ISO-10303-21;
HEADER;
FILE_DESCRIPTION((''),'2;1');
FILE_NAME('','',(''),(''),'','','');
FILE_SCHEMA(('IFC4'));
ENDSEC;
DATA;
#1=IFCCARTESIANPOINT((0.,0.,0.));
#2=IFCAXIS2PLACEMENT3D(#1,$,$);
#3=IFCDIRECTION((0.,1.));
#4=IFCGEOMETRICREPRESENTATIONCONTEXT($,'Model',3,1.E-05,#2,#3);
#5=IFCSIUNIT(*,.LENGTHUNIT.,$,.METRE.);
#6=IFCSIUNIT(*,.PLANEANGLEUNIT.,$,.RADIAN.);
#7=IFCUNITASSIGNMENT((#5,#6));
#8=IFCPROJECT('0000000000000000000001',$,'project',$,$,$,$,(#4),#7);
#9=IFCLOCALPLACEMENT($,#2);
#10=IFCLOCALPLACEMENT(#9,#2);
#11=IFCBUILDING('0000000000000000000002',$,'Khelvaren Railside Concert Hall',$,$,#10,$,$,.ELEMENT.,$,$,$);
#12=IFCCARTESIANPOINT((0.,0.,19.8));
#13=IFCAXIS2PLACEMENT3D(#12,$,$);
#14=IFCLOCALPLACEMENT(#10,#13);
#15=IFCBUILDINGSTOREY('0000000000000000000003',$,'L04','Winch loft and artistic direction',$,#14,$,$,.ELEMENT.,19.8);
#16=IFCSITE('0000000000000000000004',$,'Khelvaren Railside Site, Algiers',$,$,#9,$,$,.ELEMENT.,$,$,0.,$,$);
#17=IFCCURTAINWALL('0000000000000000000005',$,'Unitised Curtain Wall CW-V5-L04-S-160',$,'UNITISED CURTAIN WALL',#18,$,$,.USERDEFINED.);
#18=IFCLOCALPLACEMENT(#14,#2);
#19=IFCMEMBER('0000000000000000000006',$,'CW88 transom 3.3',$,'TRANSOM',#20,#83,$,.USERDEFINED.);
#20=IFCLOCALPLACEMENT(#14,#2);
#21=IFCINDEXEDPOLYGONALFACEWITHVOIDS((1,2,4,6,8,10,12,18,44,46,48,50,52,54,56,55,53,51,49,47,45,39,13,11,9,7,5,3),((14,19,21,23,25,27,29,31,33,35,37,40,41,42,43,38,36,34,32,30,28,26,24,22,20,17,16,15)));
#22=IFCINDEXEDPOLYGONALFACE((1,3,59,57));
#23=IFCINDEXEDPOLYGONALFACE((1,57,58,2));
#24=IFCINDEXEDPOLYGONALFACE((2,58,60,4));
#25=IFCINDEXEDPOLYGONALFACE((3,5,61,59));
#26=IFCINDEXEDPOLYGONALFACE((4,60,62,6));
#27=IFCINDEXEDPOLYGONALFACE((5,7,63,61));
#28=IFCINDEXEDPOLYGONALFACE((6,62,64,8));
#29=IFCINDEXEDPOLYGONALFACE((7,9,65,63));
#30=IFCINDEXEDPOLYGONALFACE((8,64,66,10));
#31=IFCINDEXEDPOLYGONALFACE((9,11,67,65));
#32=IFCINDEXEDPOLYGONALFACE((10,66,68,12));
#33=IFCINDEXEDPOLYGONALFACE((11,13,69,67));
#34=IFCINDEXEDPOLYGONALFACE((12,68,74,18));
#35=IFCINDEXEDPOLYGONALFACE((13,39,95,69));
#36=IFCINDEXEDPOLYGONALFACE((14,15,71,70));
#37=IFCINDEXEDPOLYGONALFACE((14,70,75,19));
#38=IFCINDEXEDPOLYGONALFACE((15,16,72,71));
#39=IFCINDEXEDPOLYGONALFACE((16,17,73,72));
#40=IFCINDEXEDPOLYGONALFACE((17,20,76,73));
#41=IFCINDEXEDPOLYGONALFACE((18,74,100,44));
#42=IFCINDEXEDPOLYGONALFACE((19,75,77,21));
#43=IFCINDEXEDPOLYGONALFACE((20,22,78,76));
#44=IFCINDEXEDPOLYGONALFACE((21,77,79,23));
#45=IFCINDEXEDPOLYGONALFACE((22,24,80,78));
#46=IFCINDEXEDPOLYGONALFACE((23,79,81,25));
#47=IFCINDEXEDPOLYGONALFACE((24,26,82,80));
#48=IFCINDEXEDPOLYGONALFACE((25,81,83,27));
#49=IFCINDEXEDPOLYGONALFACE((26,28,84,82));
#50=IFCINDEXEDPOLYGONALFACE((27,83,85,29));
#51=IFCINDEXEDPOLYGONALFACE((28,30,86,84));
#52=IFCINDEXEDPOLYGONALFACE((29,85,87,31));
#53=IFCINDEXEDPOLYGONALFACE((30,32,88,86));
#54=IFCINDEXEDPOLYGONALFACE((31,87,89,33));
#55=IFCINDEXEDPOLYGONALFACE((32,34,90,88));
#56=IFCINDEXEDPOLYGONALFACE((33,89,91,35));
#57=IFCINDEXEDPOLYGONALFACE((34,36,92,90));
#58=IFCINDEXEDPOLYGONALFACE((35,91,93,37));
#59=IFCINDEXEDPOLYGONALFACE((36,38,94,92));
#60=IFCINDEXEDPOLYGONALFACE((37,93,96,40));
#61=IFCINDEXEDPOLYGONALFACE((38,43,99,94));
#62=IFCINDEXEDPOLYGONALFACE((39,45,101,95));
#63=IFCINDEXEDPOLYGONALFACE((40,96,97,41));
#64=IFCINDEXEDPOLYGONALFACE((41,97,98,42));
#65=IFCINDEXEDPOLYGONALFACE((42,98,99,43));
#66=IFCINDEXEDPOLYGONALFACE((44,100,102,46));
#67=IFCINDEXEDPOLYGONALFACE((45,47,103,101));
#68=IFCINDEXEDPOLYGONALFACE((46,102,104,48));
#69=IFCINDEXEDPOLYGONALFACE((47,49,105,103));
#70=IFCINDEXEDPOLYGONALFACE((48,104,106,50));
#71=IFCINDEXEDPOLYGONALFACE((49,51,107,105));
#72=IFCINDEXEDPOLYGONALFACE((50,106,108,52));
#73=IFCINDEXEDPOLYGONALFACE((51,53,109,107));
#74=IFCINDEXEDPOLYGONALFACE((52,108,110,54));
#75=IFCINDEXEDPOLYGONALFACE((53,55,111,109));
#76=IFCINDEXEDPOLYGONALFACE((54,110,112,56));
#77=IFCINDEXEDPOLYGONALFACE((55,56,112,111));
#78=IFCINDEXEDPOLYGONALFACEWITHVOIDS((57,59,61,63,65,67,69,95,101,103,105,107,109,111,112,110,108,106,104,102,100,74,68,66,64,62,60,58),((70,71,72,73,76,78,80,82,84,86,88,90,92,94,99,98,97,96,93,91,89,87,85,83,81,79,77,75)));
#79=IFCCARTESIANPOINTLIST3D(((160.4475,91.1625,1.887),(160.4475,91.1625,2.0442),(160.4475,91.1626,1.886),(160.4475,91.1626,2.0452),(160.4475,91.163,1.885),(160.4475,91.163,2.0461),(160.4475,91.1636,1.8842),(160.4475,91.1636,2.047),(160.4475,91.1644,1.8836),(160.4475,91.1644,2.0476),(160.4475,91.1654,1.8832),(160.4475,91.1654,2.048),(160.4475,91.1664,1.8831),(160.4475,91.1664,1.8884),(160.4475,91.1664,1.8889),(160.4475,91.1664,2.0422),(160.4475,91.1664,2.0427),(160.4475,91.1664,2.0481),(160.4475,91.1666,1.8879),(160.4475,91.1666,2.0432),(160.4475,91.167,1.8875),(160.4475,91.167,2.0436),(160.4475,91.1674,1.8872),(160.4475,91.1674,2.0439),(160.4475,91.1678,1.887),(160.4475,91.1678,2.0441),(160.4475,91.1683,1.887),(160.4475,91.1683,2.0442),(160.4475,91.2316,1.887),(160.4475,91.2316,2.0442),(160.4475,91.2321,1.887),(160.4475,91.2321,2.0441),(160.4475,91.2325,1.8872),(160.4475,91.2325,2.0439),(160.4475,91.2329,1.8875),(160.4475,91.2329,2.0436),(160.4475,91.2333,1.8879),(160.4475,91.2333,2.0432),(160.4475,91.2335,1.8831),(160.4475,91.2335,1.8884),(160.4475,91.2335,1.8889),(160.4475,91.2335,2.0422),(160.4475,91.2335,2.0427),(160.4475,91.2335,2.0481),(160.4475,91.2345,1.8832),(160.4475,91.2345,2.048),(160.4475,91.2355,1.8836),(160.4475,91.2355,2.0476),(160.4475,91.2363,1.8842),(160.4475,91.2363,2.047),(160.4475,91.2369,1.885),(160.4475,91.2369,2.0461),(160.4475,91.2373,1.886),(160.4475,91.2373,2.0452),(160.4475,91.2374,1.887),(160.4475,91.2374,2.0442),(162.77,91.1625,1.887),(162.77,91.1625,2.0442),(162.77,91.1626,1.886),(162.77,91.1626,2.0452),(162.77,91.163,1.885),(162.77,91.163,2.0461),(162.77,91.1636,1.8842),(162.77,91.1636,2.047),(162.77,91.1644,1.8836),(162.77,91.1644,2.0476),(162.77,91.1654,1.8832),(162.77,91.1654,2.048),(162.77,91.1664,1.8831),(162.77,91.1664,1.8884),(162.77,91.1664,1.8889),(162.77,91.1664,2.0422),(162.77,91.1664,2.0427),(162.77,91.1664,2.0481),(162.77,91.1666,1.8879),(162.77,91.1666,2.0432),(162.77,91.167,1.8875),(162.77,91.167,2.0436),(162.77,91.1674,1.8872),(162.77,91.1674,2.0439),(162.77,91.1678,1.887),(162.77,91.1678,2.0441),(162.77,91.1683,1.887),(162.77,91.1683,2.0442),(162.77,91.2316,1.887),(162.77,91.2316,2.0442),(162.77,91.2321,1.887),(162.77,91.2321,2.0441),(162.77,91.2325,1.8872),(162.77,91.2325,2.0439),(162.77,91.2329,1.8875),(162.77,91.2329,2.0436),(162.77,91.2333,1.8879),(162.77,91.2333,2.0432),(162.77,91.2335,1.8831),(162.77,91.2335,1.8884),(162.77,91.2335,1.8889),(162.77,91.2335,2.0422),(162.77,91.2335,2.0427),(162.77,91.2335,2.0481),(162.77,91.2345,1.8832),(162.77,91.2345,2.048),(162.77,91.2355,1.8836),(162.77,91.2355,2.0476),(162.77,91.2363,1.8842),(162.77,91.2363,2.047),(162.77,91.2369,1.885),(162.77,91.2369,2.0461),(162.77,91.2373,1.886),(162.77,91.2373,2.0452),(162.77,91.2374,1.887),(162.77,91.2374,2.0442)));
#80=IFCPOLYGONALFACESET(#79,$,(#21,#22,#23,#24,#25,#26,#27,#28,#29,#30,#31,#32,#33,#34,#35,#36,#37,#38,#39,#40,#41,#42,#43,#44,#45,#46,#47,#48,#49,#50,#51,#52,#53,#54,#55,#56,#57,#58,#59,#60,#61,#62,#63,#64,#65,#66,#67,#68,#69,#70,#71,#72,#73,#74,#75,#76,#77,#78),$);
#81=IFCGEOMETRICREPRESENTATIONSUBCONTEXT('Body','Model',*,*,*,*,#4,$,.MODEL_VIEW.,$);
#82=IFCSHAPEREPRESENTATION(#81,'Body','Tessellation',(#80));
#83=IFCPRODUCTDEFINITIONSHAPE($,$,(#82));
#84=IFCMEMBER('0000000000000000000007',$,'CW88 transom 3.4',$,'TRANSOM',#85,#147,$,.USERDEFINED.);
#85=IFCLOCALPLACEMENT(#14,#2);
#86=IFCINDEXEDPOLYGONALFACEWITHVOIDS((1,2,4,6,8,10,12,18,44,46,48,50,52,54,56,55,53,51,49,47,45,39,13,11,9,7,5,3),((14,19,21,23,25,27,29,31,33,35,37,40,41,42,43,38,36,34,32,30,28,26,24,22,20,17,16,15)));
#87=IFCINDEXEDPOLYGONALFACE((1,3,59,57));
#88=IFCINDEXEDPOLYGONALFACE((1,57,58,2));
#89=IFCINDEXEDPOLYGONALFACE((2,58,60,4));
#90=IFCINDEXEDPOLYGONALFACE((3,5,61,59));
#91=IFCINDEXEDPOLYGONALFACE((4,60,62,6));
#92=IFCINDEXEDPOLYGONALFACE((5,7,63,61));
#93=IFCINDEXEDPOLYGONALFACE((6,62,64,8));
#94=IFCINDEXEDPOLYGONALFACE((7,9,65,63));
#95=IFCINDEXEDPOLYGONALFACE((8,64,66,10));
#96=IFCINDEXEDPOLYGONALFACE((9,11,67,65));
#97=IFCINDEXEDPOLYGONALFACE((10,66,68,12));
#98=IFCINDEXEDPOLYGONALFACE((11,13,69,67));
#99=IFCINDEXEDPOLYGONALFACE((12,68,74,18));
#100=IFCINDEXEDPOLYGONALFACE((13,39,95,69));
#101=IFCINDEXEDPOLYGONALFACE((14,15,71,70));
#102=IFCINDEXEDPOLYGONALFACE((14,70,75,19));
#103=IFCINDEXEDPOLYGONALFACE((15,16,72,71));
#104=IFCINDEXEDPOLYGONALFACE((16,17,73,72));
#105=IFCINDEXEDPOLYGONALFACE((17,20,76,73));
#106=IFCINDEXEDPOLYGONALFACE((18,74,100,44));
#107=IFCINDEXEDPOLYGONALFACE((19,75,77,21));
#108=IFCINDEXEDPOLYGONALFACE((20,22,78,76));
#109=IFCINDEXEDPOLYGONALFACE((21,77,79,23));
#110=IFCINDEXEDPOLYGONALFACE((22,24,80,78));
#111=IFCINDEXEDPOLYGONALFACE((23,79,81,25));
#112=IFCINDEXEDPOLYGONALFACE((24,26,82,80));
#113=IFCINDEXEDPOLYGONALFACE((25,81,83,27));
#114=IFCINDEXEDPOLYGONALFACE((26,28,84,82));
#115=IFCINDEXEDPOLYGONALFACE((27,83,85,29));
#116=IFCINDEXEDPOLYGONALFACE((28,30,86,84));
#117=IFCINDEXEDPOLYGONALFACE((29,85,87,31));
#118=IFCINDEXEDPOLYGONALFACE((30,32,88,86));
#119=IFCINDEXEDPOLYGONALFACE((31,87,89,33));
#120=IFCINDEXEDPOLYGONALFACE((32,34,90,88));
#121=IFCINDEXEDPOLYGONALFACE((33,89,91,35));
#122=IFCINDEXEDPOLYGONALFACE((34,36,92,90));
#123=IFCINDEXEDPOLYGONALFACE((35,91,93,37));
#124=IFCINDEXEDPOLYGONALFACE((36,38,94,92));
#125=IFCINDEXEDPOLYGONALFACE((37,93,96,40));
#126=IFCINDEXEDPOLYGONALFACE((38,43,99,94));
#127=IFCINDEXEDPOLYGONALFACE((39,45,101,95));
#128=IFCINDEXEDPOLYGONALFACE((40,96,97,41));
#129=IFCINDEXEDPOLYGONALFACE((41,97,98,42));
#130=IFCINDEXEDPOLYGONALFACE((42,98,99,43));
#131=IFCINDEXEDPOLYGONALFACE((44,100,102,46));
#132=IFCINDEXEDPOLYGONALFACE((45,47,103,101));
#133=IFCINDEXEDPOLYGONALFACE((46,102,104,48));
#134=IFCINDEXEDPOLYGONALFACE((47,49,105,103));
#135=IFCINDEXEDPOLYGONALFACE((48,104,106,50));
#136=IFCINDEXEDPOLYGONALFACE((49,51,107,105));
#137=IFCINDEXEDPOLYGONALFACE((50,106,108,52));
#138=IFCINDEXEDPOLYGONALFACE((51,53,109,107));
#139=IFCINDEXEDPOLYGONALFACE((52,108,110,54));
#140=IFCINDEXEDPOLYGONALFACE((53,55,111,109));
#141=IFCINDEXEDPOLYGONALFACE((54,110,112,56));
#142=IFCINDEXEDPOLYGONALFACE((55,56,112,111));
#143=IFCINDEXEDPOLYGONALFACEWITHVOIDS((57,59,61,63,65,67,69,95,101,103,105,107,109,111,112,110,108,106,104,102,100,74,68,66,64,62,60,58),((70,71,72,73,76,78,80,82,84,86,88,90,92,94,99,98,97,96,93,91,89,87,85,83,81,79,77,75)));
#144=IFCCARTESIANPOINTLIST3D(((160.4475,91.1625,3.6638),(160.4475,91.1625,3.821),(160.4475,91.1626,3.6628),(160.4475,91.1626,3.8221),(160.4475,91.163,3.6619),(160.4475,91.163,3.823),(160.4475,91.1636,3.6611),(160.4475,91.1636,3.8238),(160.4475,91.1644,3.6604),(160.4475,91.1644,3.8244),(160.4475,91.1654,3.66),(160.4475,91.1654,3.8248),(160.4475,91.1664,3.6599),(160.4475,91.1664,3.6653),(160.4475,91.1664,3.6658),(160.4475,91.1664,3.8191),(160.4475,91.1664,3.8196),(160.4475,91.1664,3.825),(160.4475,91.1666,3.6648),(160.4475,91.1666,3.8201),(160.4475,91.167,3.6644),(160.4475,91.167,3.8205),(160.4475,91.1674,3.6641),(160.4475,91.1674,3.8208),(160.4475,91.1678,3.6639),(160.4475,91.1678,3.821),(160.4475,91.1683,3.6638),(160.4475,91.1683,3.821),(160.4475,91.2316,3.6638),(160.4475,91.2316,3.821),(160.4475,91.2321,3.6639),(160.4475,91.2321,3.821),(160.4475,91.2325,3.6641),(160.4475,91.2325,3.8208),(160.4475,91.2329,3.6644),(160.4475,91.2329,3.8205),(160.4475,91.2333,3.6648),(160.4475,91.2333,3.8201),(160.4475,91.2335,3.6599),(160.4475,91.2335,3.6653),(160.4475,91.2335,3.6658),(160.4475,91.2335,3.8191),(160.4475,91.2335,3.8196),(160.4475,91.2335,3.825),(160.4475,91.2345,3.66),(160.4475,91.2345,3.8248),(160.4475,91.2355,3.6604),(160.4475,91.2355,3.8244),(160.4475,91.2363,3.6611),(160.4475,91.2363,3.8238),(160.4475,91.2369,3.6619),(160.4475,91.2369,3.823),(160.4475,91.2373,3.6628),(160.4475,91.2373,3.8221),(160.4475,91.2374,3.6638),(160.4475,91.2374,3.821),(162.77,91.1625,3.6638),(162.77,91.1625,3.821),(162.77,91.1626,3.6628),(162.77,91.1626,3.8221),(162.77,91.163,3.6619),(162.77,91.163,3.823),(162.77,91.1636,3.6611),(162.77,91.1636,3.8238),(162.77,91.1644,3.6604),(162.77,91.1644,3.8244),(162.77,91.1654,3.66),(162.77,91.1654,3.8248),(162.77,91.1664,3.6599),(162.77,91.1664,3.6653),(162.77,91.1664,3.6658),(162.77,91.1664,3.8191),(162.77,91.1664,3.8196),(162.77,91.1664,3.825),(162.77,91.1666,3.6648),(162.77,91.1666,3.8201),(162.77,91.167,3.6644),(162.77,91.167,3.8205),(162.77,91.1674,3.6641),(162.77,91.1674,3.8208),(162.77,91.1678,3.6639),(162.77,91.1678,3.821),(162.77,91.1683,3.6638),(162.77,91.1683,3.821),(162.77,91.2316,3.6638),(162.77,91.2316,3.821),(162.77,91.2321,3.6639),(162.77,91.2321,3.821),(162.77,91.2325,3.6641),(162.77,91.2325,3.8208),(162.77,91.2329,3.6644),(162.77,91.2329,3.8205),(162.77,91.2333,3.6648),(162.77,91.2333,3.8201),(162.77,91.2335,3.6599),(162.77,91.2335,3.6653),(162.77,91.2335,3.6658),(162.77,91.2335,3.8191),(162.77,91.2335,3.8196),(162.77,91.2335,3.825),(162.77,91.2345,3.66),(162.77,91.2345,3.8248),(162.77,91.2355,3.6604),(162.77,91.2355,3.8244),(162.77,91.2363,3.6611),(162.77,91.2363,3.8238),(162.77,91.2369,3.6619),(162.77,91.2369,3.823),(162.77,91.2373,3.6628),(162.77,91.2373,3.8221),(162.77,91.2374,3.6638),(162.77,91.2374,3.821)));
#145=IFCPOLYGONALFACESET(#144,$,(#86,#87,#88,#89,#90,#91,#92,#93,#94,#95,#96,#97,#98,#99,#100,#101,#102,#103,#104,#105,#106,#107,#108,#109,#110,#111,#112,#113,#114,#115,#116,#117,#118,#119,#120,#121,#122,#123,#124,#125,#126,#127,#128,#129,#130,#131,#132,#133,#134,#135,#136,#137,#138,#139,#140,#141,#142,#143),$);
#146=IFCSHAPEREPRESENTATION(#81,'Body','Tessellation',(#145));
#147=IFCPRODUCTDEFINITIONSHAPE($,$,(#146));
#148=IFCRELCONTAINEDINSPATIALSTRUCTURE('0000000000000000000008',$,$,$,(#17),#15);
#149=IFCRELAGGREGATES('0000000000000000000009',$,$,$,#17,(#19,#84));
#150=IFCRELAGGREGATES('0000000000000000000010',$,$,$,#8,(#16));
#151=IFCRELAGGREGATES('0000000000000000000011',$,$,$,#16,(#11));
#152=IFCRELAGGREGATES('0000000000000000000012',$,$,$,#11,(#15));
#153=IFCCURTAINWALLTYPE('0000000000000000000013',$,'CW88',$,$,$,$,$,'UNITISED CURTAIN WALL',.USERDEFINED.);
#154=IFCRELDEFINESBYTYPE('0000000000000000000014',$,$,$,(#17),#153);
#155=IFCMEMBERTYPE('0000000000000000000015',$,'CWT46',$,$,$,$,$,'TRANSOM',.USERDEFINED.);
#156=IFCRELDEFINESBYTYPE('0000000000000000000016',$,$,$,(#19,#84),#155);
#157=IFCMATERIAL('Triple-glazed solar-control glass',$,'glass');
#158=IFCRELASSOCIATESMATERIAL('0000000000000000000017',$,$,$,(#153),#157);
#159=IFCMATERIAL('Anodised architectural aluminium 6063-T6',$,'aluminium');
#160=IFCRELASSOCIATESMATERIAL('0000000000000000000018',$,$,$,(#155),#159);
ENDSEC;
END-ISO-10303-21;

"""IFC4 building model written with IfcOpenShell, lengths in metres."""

from ifc_helpers import new_model, si_unit, direction, frame, origin, origin_2d, place, context, subcontext, project, spatial, hollow_rectangle, extrude, material, material_profile, profile_set, type_object, element, aggregate, save


model = new_model("IFC4")

# Units and contexts
model_context = context("Model", 3, precision=1e-05, world=origin(), true_north=direction((0.0, 1.0)))
body_context = subcontext(model_context, "Body", "Model", "MODEL_VIEW")
ifc_project = project(units=[si_unit("LENGTHUNIT", "METRE"), si_unit("PLANEANGLEUNIT", "RADIAN")], contexts=[model_context])

# Site, building, storey
site_placement = place(None, origin())
site = spatial("IfcSite", under=ifc_project, at=site_placement, Name="Khelvaren Railside Site, Algiers", CompositionType="ELEMENT", RefElevation=0.0)
building_placement = place(site_placement, origin())
building = spatial("IfcBuilding", under=site, at=building_placement, Name="Khelvaren Railside Concert Hall", CompositionType="ELEMENT")
storey_placement = place(building_placement, frame((0.0, 0.0, 19.8)))
storey = spatial("IfcBuildingStorey", under=building, at=storey_placement, Name="L04", Description="Winch loft and artistic direction", CompositionType="ELEMENT", Elevation=19.8)

# Curtain wall
ifc_material_1 = material(Name="Triple-glazed solar-control glass", Category="glass")
curtain_wall_type_1 = type_object("IfcCurtainWallType", Name="CW88", ElementType="UNITISED CURTAIN WALL", PredefinedType="USERDEFINED", material=ifc_material_1)
curtain_wall_1_placement = place(storey_placement, origin())
curtain_wall_1 = element("IfcCurtainWall", 1, at=curtain_wall_1_placement, inside=storey, type_object=curtain_wall_type_1, Name="Unitised Curtain Wall CW-V5-L04-S-160", ObjectType="UNITISED CURTAIN WALL", PredefinedType="USERDEFINED")
ifc_material_2 = material(Name="Anodised architectural aluminium 6063-T6", Category="aluminium")

# Members
ifc_material_profile_1 = material_profile(ifc_material_2, hollow_rectangle(XDim=0.075, YDim=0.165, WallThickness=0.0039, InnerFilletRadius=0.002, OuterFilletRadius=0.0039, at=origin_2d()), Name="CWT 75x165x4")
ifc_profile_set_1 = profile_set([ifc_material_profile_1], Name="Anodised architectural aluminium 6063-T6")
member_type_1 = type_object("IfcMemberType", Name="CWT46", ElementType="TRANSOM", PredefinedType="USERDEFINED", material=ifc_profile_set_1)
member_1_placement = place(storey_placement, frame((162.77, 91.2, 1.9656), z_axis=(-1.0, 0.0, 0.0), x_axis=(0.0, -1.0, 0.0)))
member_1 = element("IfcMember", 2, at=member_1_placement, type_object=member_type_1, Name="CW88 transom 3.3", ObjectType="TRANSOM", PredefinedType="USERDEFINED", context=body_context, shape_type="SweptSolid", body=[
    extrude(hollow_rectangle(XDim=0.075, YDim=0.165, WallThickness=0.0039, InnerFilletRadius=0.002, OuterFilletRadius=0.0039, at=origin_2d()), origin(), (0.0, 0.0, 1.0), 2.3225),
])
member_2_placement = place(storey_placement, frame((162.77, 91.2, 3.7424), z_axis=(-1.0, 0.0, 0.0), x_axis=(0.0, -1.0, 0.0)))
member_2 = element("IfcMember", 3, at=member_2_placement, type_object=member_type_1, Name="CW88 transom 3.4", ObjectType="TRANSOM", PredefinedType="USERDEFINED", context=body_context, shape_type="SweptSolid", body=[
    extrude(hollow_rectangle(XDim=0.075, YDim=0.165, WallThickness=0.0039, InnerFilletRadius=0.002, OuterFilletRadius=0.0039, at=origin_2d()), origin(), (0.0, 0.0, 1.0), 2.3225),
])

aggregate(curtain_wall_1, [member_1, member_2])

save(model, "model.ifc")
